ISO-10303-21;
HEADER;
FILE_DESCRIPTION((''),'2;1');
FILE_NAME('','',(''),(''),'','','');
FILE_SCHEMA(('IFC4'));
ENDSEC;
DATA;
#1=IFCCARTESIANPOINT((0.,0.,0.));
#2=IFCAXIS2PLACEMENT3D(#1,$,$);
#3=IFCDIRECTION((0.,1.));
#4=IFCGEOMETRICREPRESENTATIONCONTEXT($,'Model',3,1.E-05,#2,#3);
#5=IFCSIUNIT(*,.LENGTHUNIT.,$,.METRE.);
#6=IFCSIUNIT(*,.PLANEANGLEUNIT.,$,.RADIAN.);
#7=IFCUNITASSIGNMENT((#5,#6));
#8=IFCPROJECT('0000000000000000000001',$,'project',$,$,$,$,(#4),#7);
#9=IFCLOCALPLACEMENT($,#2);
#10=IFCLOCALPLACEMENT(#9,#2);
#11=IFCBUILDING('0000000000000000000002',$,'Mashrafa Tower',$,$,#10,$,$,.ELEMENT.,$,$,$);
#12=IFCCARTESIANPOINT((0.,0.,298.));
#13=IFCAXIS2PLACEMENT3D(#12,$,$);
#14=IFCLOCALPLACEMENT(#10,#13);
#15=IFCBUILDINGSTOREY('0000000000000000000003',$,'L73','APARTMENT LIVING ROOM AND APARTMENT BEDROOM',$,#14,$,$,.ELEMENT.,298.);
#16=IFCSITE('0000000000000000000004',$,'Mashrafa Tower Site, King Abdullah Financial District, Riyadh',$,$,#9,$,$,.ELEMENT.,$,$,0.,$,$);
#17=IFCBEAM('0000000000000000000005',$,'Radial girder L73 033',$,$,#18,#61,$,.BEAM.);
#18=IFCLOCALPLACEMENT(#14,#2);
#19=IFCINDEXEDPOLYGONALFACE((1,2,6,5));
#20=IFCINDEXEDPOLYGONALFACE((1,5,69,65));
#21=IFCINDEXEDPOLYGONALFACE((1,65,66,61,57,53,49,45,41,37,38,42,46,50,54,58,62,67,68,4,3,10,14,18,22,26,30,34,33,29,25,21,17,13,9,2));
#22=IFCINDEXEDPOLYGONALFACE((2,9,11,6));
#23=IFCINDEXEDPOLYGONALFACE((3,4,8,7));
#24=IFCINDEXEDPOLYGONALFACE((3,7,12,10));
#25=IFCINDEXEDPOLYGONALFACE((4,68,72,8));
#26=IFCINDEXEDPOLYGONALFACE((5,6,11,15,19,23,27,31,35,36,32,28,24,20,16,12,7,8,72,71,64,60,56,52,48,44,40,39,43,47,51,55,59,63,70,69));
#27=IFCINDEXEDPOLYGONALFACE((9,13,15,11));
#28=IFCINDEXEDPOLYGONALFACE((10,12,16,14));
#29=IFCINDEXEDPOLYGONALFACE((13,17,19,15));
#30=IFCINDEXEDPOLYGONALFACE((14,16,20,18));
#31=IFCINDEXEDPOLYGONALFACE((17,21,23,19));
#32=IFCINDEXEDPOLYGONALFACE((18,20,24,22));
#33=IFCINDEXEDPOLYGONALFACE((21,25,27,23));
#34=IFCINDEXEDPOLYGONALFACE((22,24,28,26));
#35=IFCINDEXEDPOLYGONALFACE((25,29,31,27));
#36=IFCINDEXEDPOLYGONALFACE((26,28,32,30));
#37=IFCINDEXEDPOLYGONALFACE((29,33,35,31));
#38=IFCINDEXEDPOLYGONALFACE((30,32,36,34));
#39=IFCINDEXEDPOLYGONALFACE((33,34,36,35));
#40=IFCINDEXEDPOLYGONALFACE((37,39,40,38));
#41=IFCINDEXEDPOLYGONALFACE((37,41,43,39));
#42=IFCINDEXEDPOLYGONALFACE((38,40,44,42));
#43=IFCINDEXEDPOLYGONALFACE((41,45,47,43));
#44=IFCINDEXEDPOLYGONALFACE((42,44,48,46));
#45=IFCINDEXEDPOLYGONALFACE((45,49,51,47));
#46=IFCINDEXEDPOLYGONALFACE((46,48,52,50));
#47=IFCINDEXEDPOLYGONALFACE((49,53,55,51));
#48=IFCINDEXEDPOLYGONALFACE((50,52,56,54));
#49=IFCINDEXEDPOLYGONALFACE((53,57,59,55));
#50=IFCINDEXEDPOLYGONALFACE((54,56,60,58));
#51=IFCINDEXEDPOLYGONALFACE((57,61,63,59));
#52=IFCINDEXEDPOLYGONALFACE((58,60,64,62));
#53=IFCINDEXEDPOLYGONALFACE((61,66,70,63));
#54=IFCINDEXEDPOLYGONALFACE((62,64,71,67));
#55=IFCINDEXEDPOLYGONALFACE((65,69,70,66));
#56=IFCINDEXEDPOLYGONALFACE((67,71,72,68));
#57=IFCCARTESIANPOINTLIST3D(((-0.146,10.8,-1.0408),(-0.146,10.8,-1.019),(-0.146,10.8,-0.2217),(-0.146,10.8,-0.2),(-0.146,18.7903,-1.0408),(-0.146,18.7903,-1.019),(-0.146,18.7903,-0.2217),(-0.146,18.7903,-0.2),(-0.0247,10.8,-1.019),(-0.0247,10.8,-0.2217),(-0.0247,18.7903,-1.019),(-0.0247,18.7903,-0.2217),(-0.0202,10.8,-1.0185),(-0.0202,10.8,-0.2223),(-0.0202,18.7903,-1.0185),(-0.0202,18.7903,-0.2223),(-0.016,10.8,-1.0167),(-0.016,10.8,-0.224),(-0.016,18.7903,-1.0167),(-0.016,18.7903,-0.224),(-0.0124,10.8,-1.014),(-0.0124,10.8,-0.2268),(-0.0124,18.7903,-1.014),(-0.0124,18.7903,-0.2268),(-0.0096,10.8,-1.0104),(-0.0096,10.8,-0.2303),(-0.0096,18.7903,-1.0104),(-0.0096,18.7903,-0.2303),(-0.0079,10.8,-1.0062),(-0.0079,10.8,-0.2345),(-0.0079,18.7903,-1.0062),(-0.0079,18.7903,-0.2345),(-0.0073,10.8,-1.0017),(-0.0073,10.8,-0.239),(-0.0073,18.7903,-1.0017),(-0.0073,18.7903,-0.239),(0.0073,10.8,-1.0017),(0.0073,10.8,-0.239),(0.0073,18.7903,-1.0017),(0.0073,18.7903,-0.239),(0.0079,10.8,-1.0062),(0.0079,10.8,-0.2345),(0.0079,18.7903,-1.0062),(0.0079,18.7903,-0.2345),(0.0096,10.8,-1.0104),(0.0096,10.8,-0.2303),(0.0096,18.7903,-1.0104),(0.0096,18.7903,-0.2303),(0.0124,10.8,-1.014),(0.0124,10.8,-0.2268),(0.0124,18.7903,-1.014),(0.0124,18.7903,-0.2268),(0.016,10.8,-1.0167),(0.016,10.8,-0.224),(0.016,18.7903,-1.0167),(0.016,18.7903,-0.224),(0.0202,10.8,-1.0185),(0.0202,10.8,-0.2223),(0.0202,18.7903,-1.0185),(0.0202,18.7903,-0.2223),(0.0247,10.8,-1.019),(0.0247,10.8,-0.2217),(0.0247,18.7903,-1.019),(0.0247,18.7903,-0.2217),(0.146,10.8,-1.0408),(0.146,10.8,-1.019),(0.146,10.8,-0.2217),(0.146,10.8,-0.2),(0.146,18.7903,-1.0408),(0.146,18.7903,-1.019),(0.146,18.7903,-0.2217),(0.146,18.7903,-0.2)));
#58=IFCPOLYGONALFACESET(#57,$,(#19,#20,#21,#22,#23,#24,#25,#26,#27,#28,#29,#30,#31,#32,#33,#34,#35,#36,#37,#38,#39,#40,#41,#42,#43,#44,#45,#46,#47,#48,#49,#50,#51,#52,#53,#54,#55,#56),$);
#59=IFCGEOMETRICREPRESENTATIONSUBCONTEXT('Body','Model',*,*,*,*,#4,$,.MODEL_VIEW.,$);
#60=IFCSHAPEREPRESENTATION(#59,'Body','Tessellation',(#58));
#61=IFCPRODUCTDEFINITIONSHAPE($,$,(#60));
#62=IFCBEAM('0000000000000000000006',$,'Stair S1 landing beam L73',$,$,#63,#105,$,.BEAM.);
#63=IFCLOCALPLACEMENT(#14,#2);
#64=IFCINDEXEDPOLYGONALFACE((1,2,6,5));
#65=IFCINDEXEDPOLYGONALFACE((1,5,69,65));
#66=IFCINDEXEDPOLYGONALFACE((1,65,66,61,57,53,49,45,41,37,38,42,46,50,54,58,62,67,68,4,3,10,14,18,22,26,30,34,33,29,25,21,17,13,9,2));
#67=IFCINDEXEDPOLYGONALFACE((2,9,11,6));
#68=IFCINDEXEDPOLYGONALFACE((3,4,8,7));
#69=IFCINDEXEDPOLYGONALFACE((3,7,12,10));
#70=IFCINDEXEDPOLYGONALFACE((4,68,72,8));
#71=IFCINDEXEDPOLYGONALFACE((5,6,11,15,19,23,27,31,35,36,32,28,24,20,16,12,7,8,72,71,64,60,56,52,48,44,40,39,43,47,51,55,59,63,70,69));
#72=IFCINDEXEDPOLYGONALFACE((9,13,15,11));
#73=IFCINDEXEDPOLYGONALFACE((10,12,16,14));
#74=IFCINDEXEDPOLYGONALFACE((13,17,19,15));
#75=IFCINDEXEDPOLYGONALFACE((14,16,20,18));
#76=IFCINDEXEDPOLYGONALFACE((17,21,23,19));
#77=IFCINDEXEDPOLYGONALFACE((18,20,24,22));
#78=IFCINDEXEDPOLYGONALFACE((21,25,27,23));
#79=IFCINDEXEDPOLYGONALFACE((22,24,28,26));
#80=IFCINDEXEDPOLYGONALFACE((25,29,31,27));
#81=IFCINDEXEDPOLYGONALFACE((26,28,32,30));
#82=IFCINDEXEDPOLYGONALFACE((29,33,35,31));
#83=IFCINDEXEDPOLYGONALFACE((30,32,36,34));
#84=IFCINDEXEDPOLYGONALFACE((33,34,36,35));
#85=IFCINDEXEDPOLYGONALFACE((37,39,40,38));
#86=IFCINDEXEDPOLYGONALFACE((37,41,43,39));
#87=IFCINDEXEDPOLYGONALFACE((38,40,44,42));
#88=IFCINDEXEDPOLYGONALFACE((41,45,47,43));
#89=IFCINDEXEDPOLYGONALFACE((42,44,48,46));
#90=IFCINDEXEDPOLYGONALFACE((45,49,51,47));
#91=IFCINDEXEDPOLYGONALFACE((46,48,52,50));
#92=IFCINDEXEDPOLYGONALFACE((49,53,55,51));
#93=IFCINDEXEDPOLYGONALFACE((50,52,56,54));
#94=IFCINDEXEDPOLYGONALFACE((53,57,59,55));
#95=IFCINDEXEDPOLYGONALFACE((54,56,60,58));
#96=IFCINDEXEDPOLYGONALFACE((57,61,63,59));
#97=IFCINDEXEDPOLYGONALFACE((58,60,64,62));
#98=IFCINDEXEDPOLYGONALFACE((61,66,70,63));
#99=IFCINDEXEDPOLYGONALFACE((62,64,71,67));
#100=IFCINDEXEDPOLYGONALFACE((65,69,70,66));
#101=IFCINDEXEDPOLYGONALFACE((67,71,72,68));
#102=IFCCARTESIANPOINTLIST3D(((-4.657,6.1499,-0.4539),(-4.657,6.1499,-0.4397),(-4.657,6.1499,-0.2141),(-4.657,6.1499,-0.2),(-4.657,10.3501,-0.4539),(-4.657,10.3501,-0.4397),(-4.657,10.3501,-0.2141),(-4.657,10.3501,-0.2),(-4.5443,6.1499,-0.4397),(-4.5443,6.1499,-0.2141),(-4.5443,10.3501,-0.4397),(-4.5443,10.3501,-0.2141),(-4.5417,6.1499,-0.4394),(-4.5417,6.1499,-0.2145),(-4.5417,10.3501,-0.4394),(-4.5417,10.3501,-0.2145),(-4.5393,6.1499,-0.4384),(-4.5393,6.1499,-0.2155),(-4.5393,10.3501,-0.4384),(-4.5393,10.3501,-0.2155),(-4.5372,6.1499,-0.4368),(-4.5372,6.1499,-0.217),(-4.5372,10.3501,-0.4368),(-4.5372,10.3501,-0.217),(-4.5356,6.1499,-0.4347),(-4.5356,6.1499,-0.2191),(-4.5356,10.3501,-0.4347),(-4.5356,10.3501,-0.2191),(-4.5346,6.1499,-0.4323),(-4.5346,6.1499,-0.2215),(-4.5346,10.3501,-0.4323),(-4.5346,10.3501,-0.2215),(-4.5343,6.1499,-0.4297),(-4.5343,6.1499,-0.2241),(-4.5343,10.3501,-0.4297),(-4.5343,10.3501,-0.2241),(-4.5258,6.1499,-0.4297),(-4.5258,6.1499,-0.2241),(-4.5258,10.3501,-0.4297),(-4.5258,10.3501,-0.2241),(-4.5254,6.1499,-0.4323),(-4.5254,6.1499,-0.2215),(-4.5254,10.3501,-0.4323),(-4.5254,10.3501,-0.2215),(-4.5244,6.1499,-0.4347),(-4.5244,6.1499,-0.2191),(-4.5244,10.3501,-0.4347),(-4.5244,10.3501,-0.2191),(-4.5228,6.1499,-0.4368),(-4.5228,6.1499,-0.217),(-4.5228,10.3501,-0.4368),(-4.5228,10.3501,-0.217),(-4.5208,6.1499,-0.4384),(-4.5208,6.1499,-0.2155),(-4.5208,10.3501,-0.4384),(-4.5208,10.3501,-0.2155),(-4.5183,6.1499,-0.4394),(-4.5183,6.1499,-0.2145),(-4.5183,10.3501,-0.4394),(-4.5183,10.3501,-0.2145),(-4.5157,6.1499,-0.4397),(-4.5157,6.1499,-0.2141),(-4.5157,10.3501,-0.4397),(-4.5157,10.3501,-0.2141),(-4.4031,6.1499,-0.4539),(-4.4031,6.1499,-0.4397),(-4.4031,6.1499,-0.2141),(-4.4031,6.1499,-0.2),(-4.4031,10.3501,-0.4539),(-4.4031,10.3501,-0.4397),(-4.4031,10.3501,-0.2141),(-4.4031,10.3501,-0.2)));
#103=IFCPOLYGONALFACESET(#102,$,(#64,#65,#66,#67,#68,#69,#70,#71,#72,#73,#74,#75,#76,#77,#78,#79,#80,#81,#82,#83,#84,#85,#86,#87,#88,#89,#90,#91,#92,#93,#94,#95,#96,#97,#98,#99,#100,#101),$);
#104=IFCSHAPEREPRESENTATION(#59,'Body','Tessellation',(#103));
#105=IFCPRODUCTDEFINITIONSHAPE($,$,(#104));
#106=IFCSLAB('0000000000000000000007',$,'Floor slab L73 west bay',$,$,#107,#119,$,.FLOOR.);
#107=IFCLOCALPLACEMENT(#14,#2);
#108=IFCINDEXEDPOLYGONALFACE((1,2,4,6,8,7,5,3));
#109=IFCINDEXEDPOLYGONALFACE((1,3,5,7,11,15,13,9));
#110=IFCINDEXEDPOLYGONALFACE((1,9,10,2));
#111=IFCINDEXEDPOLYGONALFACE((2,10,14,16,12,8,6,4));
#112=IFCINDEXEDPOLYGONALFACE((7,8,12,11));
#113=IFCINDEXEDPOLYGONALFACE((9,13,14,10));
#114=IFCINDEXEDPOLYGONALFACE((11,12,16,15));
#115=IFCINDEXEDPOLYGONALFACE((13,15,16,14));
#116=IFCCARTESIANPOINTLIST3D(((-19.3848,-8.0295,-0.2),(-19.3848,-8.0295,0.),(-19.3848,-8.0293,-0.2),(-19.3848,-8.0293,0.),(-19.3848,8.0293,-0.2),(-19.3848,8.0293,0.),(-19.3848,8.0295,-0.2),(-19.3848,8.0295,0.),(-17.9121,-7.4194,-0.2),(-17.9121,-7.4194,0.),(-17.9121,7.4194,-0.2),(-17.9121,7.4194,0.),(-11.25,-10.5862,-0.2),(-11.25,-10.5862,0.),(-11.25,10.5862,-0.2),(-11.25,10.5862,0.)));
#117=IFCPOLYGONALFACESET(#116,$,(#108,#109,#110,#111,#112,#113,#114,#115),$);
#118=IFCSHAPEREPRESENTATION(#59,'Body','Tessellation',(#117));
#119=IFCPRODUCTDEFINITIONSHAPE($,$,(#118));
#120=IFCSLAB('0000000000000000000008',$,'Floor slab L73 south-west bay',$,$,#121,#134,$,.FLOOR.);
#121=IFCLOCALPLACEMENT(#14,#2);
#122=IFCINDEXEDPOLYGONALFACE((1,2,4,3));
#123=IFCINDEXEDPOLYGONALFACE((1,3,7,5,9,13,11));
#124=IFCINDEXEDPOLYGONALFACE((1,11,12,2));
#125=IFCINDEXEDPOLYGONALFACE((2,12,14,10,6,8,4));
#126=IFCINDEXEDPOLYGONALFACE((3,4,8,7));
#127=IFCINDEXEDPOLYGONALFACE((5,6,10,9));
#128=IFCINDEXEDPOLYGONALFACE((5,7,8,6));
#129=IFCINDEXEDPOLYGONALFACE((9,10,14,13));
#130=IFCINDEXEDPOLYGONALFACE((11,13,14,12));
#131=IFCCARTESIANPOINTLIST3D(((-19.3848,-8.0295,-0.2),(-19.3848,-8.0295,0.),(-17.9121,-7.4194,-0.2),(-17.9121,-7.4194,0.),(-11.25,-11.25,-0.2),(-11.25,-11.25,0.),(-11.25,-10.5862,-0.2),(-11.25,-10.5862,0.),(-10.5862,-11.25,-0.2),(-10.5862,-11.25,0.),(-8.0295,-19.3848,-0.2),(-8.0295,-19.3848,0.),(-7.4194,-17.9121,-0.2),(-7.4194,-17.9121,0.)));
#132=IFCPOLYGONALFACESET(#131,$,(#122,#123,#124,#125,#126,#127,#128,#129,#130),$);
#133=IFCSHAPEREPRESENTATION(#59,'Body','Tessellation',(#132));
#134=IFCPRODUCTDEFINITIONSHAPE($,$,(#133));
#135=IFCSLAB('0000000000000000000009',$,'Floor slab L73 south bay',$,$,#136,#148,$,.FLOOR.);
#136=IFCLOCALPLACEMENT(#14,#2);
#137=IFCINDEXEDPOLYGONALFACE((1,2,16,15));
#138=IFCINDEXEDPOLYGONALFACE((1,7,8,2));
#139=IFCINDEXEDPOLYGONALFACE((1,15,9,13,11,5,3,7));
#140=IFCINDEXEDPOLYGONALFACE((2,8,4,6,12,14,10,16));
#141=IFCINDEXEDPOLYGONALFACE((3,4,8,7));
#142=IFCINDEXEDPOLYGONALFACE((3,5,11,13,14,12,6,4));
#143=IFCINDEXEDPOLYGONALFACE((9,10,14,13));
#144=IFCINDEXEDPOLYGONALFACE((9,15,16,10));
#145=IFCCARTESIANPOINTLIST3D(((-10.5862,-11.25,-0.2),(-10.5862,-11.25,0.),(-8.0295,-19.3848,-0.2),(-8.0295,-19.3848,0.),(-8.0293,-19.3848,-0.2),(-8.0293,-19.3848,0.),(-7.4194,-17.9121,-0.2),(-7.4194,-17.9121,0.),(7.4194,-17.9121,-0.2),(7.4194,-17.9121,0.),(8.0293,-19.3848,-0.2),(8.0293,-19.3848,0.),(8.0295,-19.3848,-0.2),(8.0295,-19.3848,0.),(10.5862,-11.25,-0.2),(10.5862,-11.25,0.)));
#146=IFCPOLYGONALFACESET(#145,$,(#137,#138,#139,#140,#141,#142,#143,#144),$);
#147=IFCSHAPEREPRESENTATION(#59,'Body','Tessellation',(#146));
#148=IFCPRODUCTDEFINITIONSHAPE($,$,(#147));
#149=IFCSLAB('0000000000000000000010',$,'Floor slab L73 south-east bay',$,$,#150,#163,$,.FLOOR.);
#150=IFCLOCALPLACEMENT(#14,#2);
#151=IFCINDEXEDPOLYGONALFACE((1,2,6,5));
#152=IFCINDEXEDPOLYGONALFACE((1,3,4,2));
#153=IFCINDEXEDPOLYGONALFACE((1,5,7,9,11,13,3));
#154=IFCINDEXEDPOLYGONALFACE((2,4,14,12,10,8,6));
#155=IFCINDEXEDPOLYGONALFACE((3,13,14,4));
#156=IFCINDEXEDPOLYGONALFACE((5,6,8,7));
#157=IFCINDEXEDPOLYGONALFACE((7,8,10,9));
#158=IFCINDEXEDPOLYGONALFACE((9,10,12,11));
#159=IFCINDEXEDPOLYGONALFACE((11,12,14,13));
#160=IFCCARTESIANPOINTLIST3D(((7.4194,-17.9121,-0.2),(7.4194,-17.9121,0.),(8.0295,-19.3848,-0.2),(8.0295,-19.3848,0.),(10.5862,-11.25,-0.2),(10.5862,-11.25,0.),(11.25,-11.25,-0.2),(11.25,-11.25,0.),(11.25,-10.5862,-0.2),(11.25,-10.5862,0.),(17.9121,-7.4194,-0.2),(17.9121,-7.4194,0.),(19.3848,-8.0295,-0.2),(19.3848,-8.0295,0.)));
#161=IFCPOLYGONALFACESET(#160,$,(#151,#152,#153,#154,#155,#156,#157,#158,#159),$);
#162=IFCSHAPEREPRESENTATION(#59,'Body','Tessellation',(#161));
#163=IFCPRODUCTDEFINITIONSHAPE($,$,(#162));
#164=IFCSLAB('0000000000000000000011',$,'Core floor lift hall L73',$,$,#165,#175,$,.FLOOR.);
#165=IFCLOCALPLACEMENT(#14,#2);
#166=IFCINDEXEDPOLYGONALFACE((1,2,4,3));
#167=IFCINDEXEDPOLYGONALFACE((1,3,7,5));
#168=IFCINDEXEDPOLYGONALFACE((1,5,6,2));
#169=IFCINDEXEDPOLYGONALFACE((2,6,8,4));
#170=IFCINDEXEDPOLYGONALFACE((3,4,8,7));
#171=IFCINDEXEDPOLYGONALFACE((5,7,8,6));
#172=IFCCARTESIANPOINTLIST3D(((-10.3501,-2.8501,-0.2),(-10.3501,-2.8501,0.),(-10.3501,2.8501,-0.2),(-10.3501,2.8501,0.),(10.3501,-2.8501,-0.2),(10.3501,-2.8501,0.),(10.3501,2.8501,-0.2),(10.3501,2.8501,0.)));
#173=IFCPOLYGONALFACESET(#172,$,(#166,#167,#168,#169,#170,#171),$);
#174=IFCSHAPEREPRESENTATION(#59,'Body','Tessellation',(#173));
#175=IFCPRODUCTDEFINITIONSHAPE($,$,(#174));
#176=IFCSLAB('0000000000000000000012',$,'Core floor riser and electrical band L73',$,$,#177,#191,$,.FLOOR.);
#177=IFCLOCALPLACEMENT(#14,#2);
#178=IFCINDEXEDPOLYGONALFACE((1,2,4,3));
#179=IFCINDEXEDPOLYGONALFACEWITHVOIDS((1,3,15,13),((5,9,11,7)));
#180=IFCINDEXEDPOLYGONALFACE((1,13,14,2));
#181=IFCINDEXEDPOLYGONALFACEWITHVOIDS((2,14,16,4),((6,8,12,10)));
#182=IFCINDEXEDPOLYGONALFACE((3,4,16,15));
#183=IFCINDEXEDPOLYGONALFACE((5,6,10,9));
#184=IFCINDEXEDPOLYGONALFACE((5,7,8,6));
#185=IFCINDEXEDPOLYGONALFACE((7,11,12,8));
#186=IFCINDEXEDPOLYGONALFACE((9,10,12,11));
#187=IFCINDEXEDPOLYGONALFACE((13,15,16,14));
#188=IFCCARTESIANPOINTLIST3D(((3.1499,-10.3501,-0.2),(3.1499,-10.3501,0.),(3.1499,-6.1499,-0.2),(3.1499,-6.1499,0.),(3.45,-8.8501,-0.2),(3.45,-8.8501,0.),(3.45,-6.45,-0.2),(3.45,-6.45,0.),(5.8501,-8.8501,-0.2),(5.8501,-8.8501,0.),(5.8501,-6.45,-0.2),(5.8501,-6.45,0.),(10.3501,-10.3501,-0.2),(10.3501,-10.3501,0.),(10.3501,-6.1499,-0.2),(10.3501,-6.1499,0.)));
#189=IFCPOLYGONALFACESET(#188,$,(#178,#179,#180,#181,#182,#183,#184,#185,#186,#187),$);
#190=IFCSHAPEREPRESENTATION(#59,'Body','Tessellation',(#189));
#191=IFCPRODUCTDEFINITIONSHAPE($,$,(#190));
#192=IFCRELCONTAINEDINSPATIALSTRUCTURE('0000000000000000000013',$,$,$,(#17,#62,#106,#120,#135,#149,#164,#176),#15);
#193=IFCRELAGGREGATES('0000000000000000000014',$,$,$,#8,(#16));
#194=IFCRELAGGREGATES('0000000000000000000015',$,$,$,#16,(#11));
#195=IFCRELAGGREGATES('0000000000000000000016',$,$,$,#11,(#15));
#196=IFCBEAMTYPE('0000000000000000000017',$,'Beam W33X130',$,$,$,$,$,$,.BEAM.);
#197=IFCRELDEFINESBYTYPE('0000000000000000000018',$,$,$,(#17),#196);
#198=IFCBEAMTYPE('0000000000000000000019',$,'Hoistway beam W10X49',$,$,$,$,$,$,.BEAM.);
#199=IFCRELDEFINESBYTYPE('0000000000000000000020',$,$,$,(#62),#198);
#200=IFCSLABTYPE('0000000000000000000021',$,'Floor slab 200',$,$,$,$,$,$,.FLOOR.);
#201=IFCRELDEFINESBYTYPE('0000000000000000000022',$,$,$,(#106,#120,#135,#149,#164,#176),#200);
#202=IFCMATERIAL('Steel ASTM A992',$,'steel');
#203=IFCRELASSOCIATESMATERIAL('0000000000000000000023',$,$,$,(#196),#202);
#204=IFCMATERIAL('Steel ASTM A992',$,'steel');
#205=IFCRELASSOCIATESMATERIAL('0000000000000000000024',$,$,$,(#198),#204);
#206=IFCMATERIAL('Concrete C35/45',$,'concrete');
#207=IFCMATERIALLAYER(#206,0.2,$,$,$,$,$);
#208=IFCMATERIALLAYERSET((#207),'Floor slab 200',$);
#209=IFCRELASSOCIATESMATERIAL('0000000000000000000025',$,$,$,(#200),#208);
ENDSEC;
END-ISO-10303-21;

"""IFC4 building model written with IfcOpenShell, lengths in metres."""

from ifc_helpers import new_model, si_unit, direction, frame, origin, origin_2d, place, context, subcontext, project, spatial, polyline, i_section, outline, extrude, material, layer, layer_set, material_profile, profile_set, type_object, element, save


model = new_model("IFC4")

# Units and contexts
model_context = context("Model", 3, precision=1e-05, world=origin(), true_north=direction((0.0, 1.0)))
body_context = subcontext(model_context, "Body", "Model", "MODEL_VIEW")
ifc_project = project(units=[si_unit("LENGTHUNIT", "METRE"), si_unit("PLANEANGLEUNIT", "RADIAN")], contexts=[model_context])

# Site, building, storey
site_placement = place(None, origin())
site = spatial("IfcSite", under=ifc_project, at=site_placement, Name="Mashrafa Tower Site, King Abdullah Financial District, Riyadh", CompositionType="ELEMENT", RefElevation=0.0)
building_placement = place(site_placement, origin())
building = spatial("IfcBuilding", under=site, at=building_placement, Name="Mashrafa Tower", CompositionType="ELEMENT")
storey_placement = place(building_placement, frame((0.0, 0.0, 298.0)))
storey = spatial("IfcBuildingStorey", under=building, at=storey_placement, Name="L73", Description="APARTMENT LIVING ROOM AND APARTMENT BEDROOM", CompositionType="ELEMENT", Elevation=298.0)

# Beams
ifc_material_1 = material(Name="Steel ASTM A992", Category="steel")
ifc_material_profile_1 = material_profile(ifc_material_1, i_section(OverallWidth=0.292, OverallDepth=0.8408, WebThickness=0.0146, FlangeThickness=0.0217, FilletRadius=0.0173, at=origin_2d()), Name="W33X130")
ifc_profile_set_1 = profile_set([ifc_material_profile_1], Name="Steel ASTM A992")
beam_type_1 = type_object("IfcBeamType", Name="Beam W33X130", PredefinedType="BEAM", material=ifc_profile_set_1)
beam_1_placement = place(storey_placement, frame((0.0, 10.8, -0.6204), z_axis=(0.0, 1.0, 0.0), x_axis=(-1.0, 0.0, 0.0)))
element("IfcBeam", 1, at=beam_1_placement, inside=storey, type_object=beam_type_1, Name="Radial girder L73 033", PredefinedType="BEAM", context=body_context, shape_type="SweptSolid", body=[
    extrude(i_section(OverallWidth=0.292, OverallDepth=0.8408, WebThickness=0.0146, FlangeThickness=0.0217, FilletRadius=0.0173, at=origin_2d()), origin(), (0.0, 0.0, 1.0), 7.9902),
])
ifc_material_2 = material(Name="Steel ASTM A992", Category="steel")
ifc_material_profile_2 = material_profile(ifc_material_2, i_section(OverallWidth=0.2539, OverallDepth=0.2539, WebThickness=0.0085, FlangeThickness=0.0142, FilletRadius=0.01, at=origin_2d()), Name="W10X49")
ifc_profile_set_2 = profile_set([ifc_material_profile_2], Name="Steel ASTM A992")
beam_type_2 = type_object("IfcBeamType", Name="Hoistway beam W10X49", PredefinedType="BEAM", material=ifc_profile_set_2)
beam_2_placement = place(storey_placement, frame((-4.53, 6.1499, -0.3269), z_axis=(0.0, 1.0, 0.0), x_axis=(-1.0, 0.0, 0.0)))
element("IfcBeam", 2, at=beam_2_placement, inside=storey, type_object=beam_type_2, Name="Stair S1 landing beam L73", PredefinedType="BEAM", context=body_context, shape_type="SweptSolid", body=[
    extrude(i_section(OverallWidth=0.2539, OverallDepth=0.2539, WebThickness=0.0085, FlangeThickness=0.0142, FilletRadius=0.01, at=origin_2d()), origin(), (0.0, 0.0, 1.0), 4.2002),
])

# Slabs
ifc_material_3 = material(Name="Concrete C35/45", Category="concrete")
ifc_layer_1 = layer(ifc_material_3, 0.2)
ifc_layer_set_1 = layer_set([ifc_layer_1], Name="Floor slab 200")
slab_type = type_object("IfcSlabType", Name="Floor slab 200", PredefinedType="FLOOR", material=ifc_layer_set_1)
slab_1_placement = place(storey_placement, frame((0.0, 0.0, -0.2)))
element("IfcSlab", 3, at=slab_1_placement, inside=storey, type_object=slab_type, Name="Floor slab L73 west bay", PredefinedType="FLOOR", context=body_context, shape_type="SweptSolid", body=[
    extrude(outline(polyline([(-19.3848, -8.0293), (-19.3848, 8.0293), (-19.3848, 8.0295), (-17.9121, 7.4194), (-11.25, 10.5862), (-11.25, -10.5862), (-17.9121, -7.4194), (-19.3848, -8.0295), (-19.3848, -8.0293)])), origin(), (0.0, 0.0, 1.0), 0.2),
])
slab_2_placement = place(storey_placement, frame((0.0, 0.0, -0.2)))
element("IfcSlab", 4, at=slab_2_placement, inside=storey, type_object=slab_type, Name="Floor slab L73 south-west bay", PredefinedType="FLOOR", context=body_context, shape_type="SweptSolid", body=[
    extrude(outline(polyline([(-19.3848, -8.0295), (-17.9121, -7.4194), (-11.25, -10.5862), (-11.25, -11.25), (-10.5862, -11.25), (-7.4194, -17.9121), (-8.0295, -19.3848), (-19.3848, -8.0295)])), origin(), (0.0, 0.0, 1.0), 0.2),
])
slab_3_placement = place(storey_placement, frame((0.0, 0.0, -0.2)))
element("IfcSlab", 5, at=slab_3_placement, inside=storey, type_object=slab_type, Name="Floor slab L73 south bay", PredefinedType="FLOOR", context=body_context, shape_type="SweptSolid", body=[
    extrude(outline(polyline([(-8.0293, -19.3848), (-8.0295, -19.3848), (-7.4194, -17.9121), (-10.5862, -11.25), (10.5862, -11.25), (7.4194, -17.9121), (8.0295, -19.3848), (8.0293, -19.3848), (-8.0293, -19.3848)])), origin(), (0.0, 0.0, 1.0), 0.2),
])
slab_4_placement = place(storey_placement, frame((0.0, 0.0, -0.2)))
element("IfcSlab", 6, at=slab_4_placement, inside=storey, type_object=slab_type, Name="Floor slab L73 south-east bay", PredefinedType="FLOOR", context=body_context, shape_type="SweptSolid", body=[
    extrude(outline(polyline([(8.0295, -19.3848), (7.4194, -17.9121), (10.5862, -11.25), (11.25, -11.25), (11.25, -10.5862), (17.9121, -7.4194), (19.3848, -8.0295), (8.0295, -19.3848)])), origin(), (0.0, 0.0, 1.0), 0.2),
])
slab_5_placement = place(storey_placement, frame((0.0, 0.0, -0.2)))
element("IfcSlab", 7, at=slab_5_placement, inside=storey, type_object=slab_type, Name="Core floor lift hall L73", PredefinedType="FLOOR", context=body_context, shape_type="SweptSolid", body=[
    extrude(outline(polyline([(-10.3501, 2.8501), (10.3501, 2.8501), (10.3501, -2.8501), (-10.3501, -2.8501), (-10.3501, 2.8501)])), origin(), (0.0, 0.0, 1.0), 0.2),
])
slab_6_placement = place(storey_placement, frame((0.0, 0.0, -0.2)))
element("IfcSlab", 8, at=slab_6_placement, inside=storey, type_object=slab_type, Name="Core floor riser and electrical band L73", PredefinedType="FLOOR", context=body_context, shape_type="SweptSolid", body=[
    extrude(outline(polyline([(10.3501, -6.1499), (10.3501, -10.3501), (3.1499, -10.3501), (3.1499, -6.1499), (10.3501, -6.1499)]), holes=[polyline([(3.45, -8.8501), (5.8501, -8.8501), (5.8501, -6.45), (3.45, -6.45), (3.45, -8.8501)])]), origin(), (0.0, 0.0, 1.0), 0.2),
])

save(model, "model.ifc")
